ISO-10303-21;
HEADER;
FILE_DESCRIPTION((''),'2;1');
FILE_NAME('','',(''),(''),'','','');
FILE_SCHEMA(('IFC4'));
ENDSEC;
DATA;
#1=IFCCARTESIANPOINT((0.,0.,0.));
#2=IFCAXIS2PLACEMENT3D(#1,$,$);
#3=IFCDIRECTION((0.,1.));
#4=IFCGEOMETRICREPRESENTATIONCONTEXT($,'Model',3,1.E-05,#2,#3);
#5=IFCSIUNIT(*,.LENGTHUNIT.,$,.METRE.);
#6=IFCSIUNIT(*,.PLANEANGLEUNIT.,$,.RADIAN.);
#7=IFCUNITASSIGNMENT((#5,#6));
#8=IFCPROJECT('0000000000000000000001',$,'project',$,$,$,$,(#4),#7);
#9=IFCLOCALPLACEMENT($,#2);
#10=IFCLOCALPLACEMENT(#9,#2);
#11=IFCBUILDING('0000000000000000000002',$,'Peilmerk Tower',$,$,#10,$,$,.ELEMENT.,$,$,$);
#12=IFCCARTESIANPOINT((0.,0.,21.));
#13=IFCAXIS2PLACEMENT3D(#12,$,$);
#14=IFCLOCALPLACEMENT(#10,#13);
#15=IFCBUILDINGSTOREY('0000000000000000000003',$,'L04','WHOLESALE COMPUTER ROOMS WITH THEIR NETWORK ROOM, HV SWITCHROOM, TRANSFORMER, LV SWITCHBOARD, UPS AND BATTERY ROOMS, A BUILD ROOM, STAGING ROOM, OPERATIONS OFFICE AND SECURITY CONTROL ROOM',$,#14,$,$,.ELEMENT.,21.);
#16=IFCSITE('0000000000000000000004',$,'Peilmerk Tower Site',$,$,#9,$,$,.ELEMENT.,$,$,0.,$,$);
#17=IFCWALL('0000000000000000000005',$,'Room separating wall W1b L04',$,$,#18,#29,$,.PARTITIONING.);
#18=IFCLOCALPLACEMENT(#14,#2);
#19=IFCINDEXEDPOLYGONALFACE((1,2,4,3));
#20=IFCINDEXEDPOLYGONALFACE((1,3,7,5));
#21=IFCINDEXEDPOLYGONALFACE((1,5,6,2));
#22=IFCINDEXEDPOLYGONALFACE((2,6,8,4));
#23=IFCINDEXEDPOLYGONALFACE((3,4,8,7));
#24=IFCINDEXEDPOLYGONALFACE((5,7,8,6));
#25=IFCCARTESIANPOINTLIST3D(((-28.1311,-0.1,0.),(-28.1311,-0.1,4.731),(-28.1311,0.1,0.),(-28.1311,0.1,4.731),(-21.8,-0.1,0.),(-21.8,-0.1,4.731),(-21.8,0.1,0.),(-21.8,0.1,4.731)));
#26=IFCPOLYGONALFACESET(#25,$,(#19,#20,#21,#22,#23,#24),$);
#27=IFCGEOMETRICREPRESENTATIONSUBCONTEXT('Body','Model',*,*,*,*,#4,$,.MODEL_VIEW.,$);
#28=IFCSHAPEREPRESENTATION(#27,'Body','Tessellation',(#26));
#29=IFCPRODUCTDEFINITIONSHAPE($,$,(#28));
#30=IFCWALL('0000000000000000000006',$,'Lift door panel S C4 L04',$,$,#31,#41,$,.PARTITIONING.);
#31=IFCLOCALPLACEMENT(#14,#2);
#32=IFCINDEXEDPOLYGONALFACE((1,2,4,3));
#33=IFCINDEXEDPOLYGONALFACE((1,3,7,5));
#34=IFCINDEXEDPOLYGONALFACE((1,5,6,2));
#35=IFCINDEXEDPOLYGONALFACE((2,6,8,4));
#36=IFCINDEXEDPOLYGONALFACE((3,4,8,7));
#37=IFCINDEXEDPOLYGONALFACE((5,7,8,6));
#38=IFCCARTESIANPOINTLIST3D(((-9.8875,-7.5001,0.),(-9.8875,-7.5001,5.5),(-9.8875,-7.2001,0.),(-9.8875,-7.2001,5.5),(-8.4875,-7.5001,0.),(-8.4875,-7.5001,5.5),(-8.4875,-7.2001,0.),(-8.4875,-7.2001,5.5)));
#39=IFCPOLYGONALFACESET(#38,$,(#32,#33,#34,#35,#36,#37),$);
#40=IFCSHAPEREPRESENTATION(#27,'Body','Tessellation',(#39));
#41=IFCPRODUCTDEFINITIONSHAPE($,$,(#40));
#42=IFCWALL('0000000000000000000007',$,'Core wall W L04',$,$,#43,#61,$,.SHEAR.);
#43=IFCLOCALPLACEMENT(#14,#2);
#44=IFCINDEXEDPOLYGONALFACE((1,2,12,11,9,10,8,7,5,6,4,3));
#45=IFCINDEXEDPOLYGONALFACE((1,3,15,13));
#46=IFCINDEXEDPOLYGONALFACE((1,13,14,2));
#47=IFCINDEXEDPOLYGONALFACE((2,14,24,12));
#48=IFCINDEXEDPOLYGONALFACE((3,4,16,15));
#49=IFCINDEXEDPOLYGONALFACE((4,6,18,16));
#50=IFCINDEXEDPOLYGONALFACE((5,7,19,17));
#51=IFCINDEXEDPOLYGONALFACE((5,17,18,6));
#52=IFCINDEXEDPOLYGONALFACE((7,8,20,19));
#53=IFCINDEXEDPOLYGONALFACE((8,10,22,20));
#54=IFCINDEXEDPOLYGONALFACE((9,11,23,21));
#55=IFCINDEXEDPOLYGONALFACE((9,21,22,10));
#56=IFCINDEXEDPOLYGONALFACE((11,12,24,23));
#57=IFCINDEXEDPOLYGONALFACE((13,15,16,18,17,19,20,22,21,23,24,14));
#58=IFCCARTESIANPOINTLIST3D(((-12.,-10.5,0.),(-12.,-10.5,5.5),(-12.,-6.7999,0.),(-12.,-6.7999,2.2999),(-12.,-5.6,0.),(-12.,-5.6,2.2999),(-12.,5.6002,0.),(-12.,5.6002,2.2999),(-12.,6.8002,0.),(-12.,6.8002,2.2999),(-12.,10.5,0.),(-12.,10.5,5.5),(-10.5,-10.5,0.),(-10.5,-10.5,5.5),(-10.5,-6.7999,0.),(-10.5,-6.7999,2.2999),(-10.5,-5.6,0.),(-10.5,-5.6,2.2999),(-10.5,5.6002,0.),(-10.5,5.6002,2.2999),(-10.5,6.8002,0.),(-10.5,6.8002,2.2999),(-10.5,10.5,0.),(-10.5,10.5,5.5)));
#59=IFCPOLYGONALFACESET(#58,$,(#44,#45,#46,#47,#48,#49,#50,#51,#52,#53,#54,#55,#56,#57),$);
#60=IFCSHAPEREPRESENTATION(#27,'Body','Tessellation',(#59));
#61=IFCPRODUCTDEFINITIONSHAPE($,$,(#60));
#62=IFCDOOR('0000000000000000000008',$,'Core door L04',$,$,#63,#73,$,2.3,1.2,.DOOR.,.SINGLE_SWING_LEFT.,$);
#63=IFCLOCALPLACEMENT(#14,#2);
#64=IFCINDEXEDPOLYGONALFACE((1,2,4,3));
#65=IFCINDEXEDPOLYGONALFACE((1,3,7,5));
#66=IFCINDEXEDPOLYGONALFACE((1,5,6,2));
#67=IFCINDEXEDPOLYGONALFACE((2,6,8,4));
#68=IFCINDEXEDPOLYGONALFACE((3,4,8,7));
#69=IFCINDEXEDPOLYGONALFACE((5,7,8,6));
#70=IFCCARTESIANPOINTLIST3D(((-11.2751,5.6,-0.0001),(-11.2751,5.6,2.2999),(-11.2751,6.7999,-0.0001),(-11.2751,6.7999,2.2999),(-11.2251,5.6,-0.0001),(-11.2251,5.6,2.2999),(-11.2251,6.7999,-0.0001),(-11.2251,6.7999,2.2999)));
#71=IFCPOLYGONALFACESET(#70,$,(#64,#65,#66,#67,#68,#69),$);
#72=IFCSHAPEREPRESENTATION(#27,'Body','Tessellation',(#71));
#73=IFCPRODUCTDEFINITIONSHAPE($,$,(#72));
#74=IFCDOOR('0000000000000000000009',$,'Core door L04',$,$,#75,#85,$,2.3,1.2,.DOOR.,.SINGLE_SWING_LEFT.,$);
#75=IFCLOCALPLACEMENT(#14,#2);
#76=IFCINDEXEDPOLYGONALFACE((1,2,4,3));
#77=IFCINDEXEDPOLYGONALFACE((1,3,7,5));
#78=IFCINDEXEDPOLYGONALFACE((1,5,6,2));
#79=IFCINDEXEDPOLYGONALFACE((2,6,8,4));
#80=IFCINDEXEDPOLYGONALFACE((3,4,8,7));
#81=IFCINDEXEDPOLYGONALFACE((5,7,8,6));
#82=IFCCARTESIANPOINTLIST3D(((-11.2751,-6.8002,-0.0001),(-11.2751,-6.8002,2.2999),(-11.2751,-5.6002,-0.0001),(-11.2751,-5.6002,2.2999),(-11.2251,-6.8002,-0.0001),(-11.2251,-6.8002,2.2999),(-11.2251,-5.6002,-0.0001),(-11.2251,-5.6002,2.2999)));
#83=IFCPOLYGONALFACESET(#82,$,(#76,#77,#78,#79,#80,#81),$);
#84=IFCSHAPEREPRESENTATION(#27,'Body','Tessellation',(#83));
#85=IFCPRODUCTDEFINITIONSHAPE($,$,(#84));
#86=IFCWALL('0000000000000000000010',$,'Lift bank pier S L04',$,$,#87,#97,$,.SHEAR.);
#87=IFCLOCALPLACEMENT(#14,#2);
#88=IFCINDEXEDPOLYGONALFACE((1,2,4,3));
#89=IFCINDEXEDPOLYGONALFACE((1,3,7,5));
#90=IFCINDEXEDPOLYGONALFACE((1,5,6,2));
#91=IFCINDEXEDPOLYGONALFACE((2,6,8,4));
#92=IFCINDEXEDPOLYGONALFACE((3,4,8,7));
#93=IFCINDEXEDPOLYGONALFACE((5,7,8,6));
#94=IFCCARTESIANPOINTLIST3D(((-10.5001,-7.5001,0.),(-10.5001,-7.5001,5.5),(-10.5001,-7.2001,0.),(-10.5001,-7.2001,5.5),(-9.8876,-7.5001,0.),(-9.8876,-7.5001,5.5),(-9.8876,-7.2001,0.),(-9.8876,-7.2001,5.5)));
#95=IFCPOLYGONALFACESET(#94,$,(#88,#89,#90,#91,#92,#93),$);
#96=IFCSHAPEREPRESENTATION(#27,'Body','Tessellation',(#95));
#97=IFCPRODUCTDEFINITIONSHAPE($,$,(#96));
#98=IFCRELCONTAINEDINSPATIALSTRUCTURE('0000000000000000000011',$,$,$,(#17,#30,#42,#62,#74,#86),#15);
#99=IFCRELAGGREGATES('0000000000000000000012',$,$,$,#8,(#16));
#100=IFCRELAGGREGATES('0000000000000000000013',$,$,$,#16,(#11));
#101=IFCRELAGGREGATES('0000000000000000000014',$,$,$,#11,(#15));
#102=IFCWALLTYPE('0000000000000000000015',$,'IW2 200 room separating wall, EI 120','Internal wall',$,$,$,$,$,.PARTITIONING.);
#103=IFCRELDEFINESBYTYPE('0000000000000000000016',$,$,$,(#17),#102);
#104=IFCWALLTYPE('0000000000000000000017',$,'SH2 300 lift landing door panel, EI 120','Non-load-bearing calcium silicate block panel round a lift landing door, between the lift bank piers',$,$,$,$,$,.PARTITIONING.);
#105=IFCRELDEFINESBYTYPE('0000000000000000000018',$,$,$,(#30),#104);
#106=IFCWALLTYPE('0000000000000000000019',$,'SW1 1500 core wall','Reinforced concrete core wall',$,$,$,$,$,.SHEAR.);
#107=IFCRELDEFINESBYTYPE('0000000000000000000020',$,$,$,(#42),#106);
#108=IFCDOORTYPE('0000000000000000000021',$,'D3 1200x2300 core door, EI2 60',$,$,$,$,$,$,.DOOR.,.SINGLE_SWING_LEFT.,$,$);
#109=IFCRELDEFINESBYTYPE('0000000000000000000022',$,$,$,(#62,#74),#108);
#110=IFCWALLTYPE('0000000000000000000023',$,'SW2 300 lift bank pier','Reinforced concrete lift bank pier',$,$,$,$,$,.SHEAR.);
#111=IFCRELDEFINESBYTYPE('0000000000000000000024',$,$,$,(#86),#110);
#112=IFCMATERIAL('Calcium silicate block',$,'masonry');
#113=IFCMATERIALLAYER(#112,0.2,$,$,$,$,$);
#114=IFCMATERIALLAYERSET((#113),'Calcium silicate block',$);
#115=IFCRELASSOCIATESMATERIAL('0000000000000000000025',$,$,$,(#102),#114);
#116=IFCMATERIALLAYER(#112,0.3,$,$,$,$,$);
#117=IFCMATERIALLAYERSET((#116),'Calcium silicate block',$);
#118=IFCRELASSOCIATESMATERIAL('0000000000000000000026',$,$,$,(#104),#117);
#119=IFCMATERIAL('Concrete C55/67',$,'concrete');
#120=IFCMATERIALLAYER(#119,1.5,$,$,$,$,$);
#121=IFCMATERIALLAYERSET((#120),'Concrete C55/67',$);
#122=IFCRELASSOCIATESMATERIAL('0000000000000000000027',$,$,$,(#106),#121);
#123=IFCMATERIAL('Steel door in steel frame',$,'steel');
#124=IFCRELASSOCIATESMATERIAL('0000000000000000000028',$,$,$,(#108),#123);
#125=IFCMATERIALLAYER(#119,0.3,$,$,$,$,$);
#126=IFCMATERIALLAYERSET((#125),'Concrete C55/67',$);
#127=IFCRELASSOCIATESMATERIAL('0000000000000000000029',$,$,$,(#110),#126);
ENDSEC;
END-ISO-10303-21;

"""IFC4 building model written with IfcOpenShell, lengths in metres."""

from ifc_helpers import new_model, si_unit, direction, frame, frame_2d, origin, place, context, subcontext, project, spatial, rectangle, extrude, material, layer, layer_set, type_object, element, fill, save


model = new_model("IFC4")

# Units and contexts
model_context = context("Model", 3, precision=1e-05, world=origin(), true_north=direction((0.0, 1.0)))
body_context = subcontext(model_context, "Body", "Model", "MODEL_VIEW")
ifc_project = project(units=[si_unit("LENGTHUNIT", "METRE"), si_unit("PLANEANGLEUNIT", "RADIAN")], contexts=[model_context])

# Site, building, storey
site_placement = place(None, origin())
site = spatial("IfcSite", under=ifc_project, at=site_placement, Name="Peilmerk Tower Site", CompositionType="ELEMENT", RefElevation=0.0)
building_placement = place(site_placement, origin())
building = spatial("IfcBuilding", under=site, at=building_placement, Name="Peilmerk Tower", CompositionType="ELEMENT")
storey_placement = place(building_placement, frame((0.0, 0.0, 21.0)))
storey = spatial("IfcBuildingStorey", under=building, at=storey_placement, Name="L04", Description="WHOLESALE COMPUTER ROOMS WITH THEIR NETWORK ROOM, HV SWITCHROOM, TRANSFORMER, LV SWITCHBOARD, UPS AND BATTERY ROOMS, A BUILD ROOM, STAGING ROOM, OPERATIONS OFFICE AND SECURITY CONTROL ROOM", CompositionType="ELEMENT", Elevation=21.0)

# Walls
ifc_material_1 = material(Name="Calcium silicate block", Category="masonry")
ifc_layer_1 = layer(ifc_material_1, 0.2)
ifc_layer_set_1 = layer_set([ifc_layer_1], Name="Calcium silicate block")
wall_type_1 = type_object("IfcWallType", Name="IW2 200 room separating wall, EI 120", Description="Internal wall", PredefinedType="PARTITIONING", material=ifc_layer_set_1)
wall_1_placement = place(storey_placement, frame((-21.8, 0.0, 0.0), z_axis=(0.0, 0.0, 1.0), x_axis=(-1.0, 0.0, 0.0)))
element("IfcWall", 1, at=wall_1_placement, inside=storey, type_object=wall_type_1, Name="Room separating wall W1b L04", PredefinedType="PARTITIONING", context=body_context, shape_type="SweptSolid", body=[
    extrude(rectangle(XDim=6.3311, YDim=0.2, at=frame_2d((3.1655, 0.0))), origin(), (0.0, 0.0, 1.0), 4.731),
])
ifc_layer_2 = layer(ifc_material_1, 0.3)
ifc_layer_set_2 = layer_set([ifc_layer_2], Name="Calcium silicate block")
wall_type_2 = type_object("IfcWallType", Name="SH2 300 lift landing door panel, EI 120", Description="Non-load-bearing calcium silicate block panel round a lift landing door, between the lift bank piers", PredefinedType="PARTITIONING", material=ifc_layer_set_2)
wall_2_placement = place(storey_placement, frame((-9.8875, -7.3501, 0.0), z_axis=(0.0, 0.0, 1.0), x_axis=(1.0, 0.0, 0.0)))
element("IfcWall", 2, at=wall_2_placement, inside=storey, type_object=wall_type_2, Name="Lift door panel S C4 L04", PredefinedType="PARTITIONING", context=body_context, shape_type="SweptSolid", body=[
    extrude(rectangle(XDim=1.3999, YDim=0.3, at=frame_2d((0.7, 0.0))), origin(), (0.0, 0.0, 1.0), 5.5),
])

# Wall, openings, doors
ifc_material_2 = material(Name="Concrete C55/67", Category="concrete")
ifc_layer_3 = layer(ifc_material_2, 1.5)
ifc_layer_set_3 = layer_set([ifc_layer_3], Name="Concrete C55/67")
wall_type_3 = type_object("IfcWallType", Name="SW1 1500 core wall", Description="Reinforced concrete core wall", PredefinedType="SHEAR", material=ifc_layer_set_3)
wall_3_placement = place(storey_placement, frame((-11.25, -10.5, 0.0), z_axis=(0.0, 0.0, 1.0), x_axis=(0.0, 1.0, 0.0)))
wall_3 = element("IfcWall", 3, at=wall_3_placement, inside=storey, type_object=wall_type_3, Name="Core wall W L04", PredefinedType="SHEAR", context=body_context, shape_type="SweptSolid", body=[
    extrude(rectangle(XDim=21.0, YDim=1.5, at=frame_2d((10.5, 0.0))), origin(), (0.0, 0.0, 1.0), 5.5),
])
opening_1_placement = place(wall_3_placement, frame((16.1001, 0.0, 0.0)))
opening_1 = element("IfcOpeningElement", 4, at=opening_1_placement, cuts=wall_3, PredefinedType="OPENING", context=body_context, shape_type="SweptSolid", body=[
    extrude(rectangle(XDim=1.2, YDim=2.3, at=frame_2d((0.6001, 1.1499))), frame((0.0, 0.76, 0.0), z_axis=(0.0, -1.0, 0.0), x_axis=(1.0, 0.0, 0.0)), (0.0, 0.0, 1.0), 1.52),
])
opening_2_placement = place(wall_3_placement, frame((3.7, 0.0, 0.0)))
opening_2 = element("IfcOpeningElement", 5, at=opening_2_placement, cuts=wall_3, PredefinedType="OPENING", context=body_context, shape_type="SweptSolid", body=[
    extrude(rectangle(XDim=1.2, YDim=2.3, at=frame_2d((0.6001, 1.1499))), frame((0.0, 0.76, 0.0), z_axis=(0.0, -1.0, 0.0), x_axis=(1.0, 0.0, 0.0)), (0.0, 0.0, 1.0), 1.52),
])
ifc_material_3 = material(Name="Steel door in steel frame", Category="steel")
door_type = type_object("IfcDoorType", Name="D3 1200x2300 core door, EI2 60", OperationType="SINGLE_SWING_LEFT", PredefinedType="DOOR", material=ifc_material_3)
door_1_placement = place(opening_1_placement, frame((1.2, 0.0, 0.0), z_axis=(0.0, 0.0, 1.0), x_axis=(-1.0, 0.0, 0.0)))
door_1 = element("IfcDoor", 6, at=door_1_placement, inside=storey, type_object=door_type, Name="Core door L04", OperationType="SINGLE_SWING_LEFT", OverallHeight=2.3, OverallWidth=1.2, PredefinedType="DOOR", context=body_context, shape_type="SweptSolid", body=[
    extrude(rectangle(XDim=1.2, YDim=2.3, at=frame_2d((0.6001, 1.1499))), frame((0.0, 0.0249, 0.0), z_axis=(0.0, -1.0, 0.0), x_axis=(1.0, 0.0, 0.0)), (0.0, 0.0, 1.0), 0.05),
])
fill(opening_1, door_1)
door_2_placement = place(opening_2_placement, frame((1.2, 0.0, 0.0), z_axis=(0.0, 0.0, 1.0), x_axis=(-1.0, 0.0, 0.0)))
door_2 = element("IfcDoor", 7, at=door_2_placement, inside=storey, type_object=door_type, Name="Core door L04", OperationType="SINGLE_SWING_LEFT", OverallHeight=2.3, OverallWidth=1.2, PredefinedType="DOOR", context=body_context, shape_type="SweptSolid", body=[
    extrude(rectangle(XDim=1.2, YDim=2.3, at=frame_2d((0.6001, 1.1499))), frame((0.0, 0.0249, 0.0), z_axis=(0.0, -1.0, 0.0), x_axis=(1.0, 0.0, 0.0)), (0.0, 0.0, 1.0), 0.05),
])
fill(opening_2, door_2)

# Wall
ifc_layer_4 = layer(ifc_material_2, 0.3)
ifc_layer_set_4 = layer_set([ifc_layer_4], Name="Concrete C55/67")
wall_type_4 = type_object("IfcWallType", Name="SW2 300 lift bank pier", Description="Reinforced concrete lift bank pier", PredefinedType="SHEAR", material=ifc_layer_set_4)
wall_4_placement = place(storey_placement, frame((-10.5, -7.3501, 0.0), z_axis=(0.0, 0.0, 1.0), x_axis=(1.0, 0.0, 0.0)))
element("IfcWall", 8, at=wall_4_placement, inside=storey, type_object=wall_type_4, Name="Lift bank pier S L04", PredefinedType="SHEAR", context=body_context, shape_type="SweptSolid", body=[
    extrude(rectangle(XDim=0.6125, YDim=0.3, at=frame_2d((0.3062, 0.0))), origin(), (0.0, 0.0, 1.0), 5.5),
])

save(model, "model.ifc")
